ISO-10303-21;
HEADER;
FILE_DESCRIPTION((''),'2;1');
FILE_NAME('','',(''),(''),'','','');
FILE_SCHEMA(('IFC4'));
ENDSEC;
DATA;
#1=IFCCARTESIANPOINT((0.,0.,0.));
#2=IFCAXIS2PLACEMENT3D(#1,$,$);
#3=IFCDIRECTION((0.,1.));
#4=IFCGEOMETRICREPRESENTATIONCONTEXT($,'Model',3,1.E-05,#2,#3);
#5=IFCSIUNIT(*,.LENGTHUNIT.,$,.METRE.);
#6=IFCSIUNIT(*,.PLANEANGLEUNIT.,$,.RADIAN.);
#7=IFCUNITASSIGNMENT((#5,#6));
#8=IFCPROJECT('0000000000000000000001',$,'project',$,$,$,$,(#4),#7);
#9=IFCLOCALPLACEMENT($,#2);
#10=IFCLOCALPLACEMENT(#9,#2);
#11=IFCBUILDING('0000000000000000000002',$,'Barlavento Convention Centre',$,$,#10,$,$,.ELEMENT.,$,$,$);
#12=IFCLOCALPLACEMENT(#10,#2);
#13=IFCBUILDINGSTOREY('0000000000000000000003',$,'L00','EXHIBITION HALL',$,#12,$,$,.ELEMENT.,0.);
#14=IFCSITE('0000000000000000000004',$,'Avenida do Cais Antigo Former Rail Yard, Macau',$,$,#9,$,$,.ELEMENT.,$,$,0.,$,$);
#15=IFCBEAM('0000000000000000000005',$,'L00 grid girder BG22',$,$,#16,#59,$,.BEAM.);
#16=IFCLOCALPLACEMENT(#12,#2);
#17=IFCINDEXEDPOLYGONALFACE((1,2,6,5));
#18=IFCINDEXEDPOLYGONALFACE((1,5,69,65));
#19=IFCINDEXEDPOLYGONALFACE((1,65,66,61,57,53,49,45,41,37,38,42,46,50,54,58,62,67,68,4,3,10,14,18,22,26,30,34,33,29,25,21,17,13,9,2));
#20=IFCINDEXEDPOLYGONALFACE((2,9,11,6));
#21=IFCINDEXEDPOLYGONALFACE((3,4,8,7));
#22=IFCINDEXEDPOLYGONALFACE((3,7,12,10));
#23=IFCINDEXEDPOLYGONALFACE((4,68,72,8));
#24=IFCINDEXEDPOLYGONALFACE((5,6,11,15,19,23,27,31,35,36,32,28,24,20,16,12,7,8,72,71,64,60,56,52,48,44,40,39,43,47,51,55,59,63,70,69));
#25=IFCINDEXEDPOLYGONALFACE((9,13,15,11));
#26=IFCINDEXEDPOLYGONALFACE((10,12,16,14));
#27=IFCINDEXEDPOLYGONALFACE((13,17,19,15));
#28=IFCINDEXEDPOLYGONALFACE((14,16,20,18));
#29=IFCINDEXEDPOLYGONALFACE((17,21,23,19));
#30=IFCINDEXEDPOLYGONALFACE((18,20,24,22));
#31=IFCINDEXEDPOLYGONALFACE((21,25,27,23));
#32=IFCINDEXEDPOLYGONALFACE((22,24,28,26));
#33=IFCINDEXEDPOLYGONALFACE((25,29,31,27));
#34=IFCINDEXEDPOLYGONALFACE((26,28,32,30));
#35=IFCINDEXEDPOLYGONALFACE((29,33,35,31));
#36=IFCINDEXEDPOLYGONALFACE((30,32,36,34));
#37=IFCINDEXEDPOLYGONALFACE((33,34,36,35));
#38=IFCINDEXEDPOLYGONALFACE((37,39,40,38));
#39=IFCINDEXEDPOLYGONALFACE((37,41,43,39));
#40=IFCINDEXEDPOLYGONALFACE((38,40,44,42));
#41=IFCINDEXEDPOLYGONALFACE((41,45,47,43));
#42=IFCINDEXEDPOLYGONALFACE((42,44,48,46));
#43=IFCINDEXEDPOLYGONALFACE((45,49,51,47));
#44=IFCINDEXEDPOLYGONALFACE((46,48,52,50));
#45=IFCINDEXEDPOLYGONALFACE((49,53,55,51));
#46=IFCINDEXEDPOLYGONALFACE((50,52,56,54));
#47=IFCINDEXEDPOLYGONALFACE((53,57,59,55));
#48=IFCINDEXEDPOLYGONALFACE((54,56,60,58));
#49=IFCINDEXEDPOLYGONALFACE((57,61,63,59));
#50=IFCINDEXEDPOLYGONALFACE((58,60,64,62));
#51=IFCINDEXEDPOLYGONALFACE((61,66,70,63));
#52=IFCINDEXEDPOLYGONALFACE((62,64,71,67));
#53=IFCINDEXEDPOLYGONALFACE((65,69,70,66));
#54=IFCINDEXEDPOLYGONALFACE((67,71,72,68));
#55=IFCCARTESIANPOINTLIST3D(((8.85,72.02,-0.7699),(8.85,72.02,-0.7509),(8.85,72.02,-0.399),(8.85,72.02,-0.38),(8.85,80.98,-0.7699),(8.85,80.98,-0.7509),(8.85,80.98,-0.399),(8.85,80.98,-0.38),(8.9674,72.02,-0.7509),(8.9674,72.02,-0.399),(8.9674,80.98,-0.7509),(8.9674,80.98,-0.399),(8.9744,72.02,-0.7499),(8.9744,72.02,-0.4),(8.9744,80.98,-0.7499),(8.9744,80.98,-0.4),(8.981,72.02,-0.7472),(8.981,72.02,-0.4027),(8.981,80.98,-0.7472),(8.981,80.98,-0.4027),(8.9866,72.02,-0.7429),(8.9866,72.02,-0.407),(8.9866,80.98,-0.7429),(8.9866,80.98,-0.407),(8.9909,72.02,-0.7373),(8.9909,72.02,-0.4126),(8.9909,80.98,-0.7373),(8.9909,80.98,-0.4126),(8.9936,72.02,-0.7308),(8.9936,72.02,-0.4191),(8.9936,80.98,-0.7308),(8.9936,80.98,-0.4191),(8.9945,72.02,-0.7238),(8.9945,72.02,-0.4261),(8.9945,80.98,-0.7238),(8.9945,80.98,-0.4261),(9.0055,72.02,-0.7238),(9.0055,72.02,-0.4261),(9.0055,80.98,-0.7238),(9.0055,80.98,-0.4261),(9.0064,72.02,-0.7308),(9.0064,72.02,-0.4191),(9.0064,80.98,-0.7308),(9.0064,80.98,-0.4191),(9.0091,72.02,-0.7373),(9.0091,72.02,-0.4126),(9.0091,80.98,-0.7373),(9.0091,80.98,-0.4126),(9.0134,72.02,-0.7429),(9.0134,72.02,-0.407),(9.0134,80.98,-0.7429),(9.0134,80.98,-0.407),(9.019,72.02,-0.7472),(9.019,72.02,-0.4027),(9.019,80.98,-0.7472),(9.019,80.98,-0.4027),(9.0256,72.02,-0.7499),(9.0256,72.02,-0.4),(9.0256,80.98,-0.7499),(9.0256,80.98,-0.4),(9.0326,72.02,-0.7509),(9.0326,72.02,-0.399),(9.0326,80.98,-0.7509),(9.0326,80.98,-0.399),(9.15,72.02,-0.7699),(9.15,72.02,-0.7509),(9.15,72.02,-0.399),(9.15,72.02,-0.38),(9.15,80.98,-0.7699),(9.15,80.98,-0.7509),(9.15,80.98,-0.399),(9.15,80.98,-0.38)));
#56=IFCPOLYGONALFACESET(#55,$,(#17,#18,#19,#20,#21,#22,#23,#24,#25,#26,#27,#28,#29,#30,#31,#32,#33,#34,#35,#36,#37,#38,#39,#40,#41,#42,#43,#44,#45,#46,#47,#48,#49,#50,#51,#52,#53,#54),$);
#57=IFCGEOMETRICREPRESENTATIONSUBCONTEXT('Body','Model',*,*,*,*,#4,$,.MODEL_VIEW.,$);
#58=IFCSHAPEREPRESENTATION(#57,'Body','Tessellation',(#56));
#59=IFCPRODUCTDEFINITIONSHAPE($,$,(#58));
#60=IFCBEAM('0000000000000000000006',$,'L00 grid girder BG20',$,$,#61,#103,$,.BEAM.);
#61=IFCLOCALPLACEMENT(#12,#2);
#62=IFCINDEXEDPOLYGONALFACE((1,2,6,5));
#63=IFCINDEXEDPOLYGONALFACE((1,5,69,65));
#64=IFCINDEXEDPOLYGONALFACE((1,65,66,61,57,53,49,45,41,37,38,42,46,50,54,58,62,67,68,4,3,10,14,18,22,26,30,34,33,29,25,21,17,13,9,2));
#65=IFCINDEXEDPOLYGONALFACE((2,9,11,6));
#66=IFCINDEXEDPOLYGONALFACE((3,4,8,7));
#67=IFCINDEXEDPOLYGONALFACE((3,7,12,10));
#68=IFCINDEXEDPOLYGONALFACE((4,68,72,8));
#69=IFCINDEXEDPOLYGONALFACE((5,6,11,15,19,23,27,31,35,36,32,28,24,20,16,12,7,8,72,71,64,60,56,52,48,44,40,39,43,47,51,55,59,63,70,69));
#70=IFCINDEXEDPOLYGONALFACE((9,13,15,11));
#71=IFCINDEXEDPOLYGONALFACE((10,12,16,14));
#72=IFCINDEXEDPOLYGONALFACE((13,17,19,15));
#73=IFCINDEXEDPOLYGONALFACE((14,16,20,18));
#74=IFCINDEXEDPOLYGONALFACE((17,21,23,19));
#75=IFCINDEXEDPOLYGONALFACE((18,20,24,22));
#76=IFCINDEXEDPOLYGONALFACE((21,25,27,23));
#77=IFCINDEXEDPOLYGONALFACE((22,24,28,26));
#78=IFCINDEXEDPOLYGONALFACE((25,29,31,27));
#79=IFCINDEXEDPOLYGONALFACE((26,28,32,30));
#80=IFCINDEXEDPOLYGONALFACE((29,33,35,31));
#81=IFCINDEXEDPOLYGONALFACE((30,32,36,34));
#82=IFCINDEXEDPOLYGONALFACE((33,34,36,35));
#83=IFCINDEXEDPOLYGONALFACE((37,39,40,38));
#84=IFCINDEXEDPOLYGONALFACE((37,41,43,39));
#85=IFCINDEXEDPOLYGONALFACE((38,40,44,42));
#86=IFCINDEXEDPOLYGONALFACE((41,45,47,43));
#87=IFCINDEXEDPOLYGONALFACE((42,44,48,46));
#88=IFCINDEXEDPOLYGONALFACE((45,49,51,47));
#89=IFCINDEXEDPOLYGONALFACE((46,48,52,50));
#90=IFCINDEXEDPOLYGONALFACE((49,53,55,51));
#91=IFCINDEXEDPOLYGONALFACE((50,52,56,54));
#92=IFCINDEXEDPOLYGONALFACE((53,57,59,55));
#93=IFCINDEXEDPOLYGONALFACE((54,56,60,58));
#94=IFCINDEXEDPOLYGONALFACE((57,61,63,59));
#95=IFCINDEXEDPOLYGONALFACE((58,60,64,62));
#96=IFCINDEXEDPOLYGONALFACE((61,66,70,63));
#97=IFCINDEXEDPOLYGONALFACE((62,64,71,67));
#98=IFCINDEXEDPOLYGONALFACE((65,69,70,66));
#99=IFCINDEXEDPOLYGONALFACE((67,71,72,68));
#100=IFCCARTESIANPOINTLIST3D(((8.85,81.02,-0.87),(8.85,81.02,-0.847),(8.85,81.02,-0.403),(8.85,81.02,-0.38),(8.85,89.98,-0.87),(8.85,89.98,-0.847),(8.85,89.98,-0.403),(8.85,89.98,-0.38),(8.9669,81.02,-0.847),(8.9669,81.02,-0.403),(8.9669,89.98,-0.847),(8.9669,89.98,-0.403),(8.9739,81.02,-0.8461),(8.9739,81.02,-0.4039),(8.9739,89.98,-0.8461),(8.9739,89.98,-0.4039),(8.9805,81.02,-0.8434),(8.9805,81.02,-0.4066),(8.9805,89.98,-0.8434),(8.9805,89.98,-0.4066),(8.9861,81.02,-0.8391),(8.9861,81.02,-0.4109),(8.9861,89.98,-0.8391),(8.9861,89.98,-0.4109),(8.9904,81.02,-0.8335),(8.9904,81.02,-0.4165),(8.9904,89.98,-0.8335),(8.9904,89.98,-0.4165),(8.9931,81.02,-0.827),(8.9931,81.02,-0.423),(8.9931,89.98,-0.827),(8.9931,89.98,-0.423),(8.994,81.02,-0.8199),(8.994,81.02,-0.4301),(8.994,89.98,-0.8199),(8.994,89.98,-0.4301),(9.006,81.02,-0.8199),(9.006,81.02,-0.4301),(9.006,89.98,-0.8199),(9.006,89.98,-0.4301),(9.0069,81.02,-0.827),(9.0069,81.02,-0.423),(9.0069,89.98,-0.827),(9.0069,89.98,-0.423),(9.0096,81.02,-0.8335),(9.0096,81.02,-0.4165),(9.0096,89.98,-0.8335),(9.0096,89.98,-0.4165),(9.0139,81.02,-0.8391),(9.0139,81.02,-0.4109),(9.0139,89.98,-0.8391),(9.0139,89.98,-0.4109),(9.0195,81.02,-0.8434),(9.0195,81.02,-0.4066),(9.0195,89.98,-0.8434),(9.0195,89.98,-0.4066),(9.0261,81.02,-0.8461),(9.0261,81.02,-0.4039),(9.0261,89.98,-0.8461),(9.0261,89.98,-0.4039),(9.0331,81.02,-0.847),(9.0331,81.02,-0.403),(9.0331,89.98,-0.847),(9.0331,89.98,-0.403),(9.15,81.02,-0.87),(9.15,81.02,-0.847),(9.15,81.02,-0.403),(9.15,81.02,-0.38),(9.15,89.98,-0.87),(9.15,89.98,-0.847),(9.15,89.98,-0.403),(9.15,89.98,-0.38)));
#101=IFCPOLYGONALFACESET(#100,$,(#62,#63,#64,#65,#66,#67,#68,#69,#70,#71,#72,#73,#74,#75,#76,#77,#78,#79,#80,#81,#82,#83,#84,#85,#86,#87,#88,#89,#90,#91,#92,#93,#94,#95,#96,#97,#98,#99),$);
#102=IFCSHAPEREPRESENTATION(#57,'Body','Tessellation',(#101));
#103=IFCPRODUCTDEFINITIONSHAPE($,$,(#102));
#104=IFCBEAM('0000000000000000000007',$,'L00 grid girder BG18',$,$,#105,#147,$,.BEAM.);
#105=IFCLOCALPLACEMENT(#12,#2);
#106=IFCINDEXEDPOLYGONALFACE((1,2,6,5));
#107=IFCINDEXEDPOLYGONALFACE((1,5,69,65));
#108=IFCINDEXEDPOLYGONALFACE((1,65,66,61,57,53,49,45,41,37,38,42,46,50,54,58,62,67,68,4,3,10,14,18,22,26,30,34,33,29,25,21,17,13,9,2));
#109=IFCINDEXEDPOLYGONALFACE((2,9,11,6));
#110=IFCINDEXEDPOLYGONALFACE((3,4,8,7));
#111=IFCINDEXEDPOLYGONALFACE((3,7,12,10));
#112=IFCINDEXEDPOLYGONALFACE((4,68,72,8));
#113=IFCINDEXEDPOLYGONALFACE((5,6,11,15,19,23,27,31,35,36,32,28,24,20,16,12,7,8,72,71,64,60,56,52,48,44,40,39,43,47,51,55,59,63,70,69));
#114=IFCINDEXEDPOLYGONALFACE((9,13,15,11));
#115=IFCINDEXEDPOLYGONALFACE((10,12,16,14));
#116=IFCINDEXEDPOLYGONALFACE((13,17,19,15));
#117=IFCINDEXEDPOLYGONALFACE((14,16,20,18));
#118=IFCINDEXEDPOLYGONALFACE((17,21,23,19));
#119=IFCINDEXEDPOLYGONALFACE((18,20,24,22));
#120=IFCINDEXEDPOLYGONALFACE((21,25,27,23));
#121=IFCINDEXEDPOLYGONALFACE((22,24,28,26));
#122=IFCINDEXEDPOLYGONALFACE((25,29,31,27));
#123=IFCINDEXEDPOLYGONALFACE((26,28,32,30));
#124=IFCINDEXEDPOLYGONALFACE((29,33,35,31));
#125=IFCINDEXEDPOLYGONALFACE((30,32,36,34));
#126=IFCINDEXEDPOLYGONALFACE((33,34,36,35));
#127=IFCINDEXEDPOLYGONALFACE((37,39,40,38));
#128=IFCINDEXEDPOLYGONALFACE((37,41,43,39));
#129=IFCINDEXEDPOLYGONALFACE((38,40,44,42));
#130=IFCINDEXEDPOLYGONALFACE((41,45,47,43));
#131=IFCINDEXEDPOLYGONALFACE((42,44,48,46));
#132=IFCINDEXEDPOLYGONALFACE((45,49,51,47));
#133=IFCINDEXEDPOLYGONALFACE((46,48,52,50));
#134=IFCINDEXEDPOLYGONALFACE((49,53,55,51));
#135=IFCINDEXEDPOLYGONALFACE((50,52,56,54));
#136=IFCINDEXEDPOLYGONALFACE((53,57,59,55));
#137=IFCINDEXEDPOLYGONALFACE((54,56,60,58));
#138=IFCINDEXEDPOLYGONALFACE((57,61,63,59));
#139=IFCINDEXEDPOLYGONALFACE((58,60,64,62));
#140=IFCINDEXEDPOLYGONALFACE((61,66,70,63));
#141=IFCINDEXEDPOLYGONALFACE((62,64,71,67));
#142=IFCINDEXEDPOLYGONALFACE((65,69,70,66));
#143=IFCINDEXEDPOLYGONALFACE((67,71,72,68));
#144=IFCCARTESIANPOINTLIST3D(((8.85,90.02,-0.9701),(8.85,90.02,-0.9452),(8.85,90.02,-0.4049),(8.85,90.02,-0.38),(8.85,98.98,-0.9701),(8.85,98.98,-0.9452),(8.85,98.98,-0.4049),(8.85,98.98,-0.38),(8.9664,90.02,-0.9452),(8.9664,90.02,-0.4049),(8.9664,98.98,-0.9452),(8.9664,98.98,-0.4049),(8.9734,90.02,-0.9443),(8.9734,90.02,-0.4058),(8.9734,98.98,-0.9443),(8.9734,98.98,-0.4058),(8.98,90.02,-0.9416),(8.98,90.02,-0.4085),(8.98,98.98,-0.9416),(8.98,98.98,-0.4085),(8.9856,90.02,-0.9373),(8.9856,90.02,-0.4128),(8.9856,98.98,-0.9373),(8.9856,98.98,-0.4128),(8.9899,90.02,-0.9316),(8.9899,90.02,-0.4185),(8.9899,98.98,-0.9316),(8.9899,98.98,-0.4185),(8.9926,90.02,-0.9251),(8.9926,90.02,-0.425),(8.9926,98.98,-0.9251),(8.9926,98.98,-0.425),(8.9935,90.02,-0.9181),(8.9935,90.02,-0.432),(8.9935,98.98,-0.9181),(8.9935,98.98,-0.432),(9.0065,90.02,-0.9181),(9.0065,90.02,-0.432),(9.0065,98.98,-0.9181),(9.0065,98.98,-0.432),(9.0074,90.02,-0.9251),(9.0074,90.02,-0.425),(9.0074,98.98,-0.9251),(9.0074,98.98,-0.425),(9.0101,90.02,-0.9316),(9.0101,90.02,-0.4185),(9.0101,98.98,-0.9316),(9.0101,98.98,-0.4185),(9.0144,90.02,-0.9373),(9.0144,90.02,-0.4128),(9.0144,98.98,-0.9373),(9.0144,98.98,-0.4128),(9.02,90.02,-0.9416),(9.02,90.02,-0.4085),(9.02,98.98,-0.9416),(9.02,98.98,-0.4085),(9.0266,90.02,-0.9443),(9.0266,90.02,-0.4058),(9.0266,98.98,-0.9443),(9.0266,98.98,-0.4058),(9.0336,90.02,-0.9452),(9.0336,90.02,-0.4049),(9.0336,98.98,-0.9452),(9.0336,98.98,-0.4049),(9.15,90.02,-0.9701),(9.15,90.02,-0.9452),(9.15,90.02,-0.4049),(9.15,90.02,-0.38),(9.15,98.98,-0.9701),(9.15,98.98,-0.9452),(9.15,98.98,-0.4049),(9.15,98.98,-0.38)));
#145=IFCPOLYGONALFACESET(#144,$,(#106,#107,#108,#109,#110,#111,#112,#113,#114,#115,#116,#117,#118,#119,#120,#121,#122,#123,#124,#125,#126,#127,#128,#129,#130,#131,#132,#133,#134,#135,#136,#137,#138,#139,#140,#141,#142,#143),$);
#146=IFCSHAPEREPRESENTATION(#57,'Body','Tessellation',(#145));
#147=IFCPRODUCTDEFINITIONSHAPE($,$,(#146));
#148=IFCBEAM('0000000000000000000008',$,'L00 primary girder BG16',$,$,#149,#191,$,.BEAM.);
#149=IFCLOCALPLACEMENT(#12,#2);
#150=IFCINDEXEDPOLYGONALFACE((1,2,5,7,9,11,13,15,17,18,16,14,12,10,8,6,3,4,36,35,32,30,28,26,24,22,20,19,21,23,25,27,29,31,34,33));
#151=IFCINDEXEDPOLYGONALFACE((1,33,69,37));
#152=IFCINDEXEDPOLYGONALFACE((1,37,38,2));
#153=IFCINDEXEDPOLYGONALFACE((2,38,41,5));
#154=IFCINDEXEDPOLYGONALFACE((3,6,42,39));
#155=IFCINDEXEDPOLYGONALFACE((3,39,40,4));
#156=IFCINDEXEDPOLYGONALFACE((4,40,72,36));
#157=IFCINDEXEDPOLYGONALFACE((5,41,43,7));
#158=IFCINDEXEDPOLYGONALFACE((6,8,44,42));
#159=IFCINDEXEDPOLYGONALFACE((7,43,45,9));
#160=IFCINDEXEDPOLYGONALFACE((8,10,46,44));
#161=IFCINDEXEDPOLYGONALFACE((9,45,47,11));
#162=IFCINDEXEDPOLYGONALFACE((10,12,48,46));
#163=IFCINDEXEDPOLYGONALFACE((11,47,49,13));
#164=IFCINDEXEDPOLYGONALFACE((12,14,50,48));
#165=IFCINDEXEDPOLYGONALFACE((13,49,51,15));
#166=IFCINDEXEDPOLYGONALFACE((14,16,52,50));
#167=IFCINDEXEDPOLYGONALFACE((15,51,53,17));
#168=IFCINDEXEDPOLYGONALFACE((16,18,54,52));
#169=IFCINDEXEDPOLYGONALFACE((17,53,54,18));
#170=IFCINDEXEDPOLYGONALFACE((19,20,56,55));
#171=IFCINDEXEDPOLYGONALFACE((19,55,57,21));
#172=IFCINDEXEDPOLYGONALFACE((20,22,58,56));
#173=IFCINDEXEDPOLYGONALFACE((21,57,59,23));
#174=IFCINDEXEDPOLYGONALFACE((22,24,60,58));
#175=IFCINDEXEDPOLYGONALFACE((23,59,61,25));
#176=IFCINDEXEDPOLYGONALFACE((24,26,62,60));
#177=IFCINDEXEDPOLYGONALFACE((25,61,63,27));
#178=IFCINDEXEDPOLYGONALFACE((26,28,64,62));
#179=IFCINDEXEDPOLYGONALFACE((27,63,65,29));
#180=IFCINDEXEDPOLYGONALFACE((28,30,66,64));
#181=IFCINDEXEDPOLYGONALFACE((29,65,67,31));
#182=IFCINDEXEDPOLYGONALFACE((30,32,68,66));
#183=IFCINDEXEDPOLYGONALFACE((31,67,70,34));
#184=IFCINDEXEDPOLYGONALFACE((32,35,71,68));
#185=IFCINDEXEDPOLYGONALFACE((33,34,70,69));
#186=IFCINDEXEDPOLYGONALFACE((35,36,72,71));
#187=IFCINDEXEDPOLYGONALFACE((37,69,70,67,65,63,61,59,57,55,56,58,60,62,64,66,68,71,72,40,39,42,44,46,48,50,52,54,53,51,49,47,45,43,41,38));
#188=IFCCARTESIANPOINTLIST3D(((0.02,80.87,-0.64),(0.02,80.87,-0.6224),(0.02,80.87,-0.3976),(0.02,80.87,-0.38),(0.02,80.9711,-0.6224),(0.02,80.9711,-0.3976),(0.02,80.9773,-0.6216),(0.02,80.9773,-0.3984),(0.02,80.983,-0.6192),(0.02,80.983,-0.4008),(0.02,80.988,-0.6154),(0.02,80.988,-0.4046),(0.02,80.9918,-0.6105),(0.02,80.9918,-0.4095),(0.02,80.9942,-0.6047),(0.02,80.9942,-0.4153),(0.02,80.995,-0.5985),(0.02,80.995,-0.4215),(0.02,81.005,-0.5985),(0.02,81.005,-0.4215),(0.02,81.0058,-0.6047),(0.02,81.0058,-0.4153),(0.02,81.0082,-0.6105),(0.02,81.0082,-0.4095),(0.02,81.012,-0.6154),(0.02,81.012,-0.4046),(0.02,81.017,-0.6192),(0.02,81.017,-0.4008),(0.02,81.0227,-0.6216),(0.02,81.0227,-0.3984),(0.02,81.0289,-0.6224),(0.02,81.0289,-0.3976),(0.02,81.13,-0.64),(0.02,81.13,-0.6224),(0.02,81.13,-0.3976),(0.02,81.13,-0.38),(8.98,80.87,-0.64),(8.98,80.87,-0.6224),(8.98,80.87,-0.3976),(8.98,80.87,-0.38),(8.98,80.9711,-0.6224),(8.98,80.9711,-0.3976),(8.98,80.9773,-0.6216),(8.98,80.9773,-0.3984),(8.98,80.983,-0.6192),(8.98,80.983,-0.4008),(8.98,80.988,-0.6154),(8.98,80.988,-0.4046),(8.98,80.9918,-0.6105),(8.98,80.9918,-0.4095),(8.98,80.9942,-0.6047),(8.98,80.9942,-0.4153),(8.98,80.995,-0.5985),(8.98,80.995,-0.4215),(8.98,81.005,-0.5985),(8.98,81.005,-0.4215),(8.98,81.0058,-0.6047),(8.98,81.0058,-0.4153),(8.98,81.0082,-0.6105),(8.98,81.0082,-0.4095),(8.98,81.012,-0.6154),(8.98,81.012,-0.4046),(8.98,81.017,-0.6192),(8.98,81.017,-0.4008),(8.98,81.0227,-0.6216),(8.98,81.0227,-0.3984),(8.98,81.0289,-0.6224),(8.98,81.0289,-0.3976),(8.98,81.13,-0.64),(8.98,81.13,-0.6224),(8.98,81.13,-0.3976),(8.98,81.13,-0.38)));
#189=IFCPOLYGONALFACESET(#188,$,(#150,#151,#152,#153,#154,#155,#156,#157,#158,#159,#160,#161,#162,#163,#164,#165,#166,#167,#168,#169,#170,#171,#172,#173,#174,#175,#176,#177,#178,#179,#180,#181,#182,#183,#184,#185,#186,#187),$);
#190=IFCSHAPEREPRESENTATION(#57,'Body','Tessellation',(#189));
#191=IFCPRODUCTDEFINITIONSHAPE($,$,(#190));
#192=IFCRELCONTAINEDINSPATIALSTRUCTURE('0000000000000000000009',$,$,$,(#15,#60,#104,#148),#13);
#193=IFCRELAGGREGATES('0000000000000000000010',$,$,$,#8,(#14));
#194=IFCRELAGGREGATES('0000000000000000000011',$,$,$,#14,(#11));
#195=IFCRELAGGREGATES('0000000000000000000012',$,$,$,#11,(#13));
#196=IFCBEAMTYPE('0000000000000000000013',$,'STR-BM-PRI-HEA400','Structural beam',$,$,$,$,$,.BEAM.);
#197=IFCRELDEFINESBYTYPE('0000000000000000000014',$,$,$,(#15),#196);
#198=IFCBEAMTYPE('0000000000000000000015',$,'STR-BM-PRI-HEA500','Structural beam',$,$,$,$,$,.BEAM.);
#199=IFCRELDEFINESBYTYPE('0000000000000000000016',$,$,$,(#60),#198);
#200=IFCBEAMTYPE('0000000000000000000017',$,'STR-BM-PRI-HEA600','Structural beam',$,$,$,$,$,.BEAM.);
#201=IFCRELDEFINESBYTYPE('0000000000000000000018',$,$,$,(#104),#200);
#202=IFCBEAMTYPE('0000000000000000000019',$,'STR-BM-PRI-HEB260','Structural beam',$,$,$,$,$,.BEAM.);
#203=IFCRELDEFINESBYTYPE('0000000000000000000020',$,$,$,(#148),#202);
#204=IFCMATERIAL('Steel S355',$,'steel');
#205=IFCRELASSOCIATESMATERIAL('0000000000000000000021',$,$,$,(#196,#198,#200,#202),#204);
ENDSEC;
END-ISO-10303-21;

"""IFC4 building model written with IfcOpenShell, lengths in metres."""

from ifc_helpers import new_model, si_unit, direction, frame, origin, origin_2d, place, context, subcontext, project, spatial, i_section, extrude, material, material_profile, profile_set, type_object, element, save


model = new_model("IFC4")

# Units and contexts
model_context = context("Model", 3, precision=1e-05, world=origin(), true_north=direction((0.0, 1.0)))
body_context = subcontext(model_context, "Body", "Model", "MODEL_VIEW")
ifc_project = project(units=[si_unit("LENGTHUNIT", "METRE"), si_unit("PLANEANGLEUNIT", "RADIAN")], contexts=[model_context])

# Site, building, storey
site_placement = place(None, origin())
site = spatial("IfcSite", under=ifc_project, at=site_placement, Name="Avenida do Cais Antigo Former Rail Yard, Macau", CompositionType="ELEMENT", RefElevation=0.0)
building_placement = place(site_placement, origin())
building = spatial("IfcBuilding", under=site, at=building_placement, Name="Barlavento Convention Centre", CompositionType="ELEMENT")
storey_placement = place(building_placement, origin())
storey = spatial("IfcBuildingStorey", under=building, at=storey_placement, Name="L00", Description="EXHIBITION HALL", CompositionType="ELEMENT", Elevation=0.0)

# Beams
ifc_material_1 = material(Name="Steel S355", Category="steel")
ifc_material_profile_1 = material_profile(ifc_material_1, i_section(OverallWidth=0.3, OverallDepth=0.3899, WebThickness=0.011, FlangeThickness=0.019, FilletRadius=0.0271, at=origin_2d()), Name="HEA 400")
ifc_profile_set_1 = profile_set([ifc_material_profile_1], Name="Steel S355")
beam_type_1 = type_object("IfcBeamType", Name="STR-BM-PRI-HEA400", Description="Structural beam", PredefinedType="BEAM", material=ifc_profile_set_1)
beam_1_placement = place(storey_placement, frame((9.0, 72.02, -0.575), z_axis=(0.0, 1.0, 0.0), x_axis=(-1.0, 0.0, 0.0)))
element("IfcBeam", 1, at=beam_1_placement, inside=storey, type_object=beam_type_1, Name="L00 grid girder BG22", PredefinedType="BEAM", context=body_context, shape_type="SweptSolid", body=[
    extrude(i_section(OverallWidth=0.3, OverallDepth=0.3899, WebThickness=0.011, FlangeThickness=0.019, FilletRadius=0.0271, at=origin_2d()), origin(), (0.0, 0.0, 1.0), 8.96),
])
ifc_material_profile_2 = material_profile(ifc_material_1, i_section(OverallWidth=0.3, OverallDepth=0.49, WebThickness=0.012, FlangeThickness=0.0229, FilletRadius=0.0271, at=origin_2d()), Name="HEA 500")
ifc_profile_set_2 = profile_set([ifc_material_profile_2], Name="Steel S355")
beam_type_2 = type_object("IfcBeamType", Name="STR-BM-PRI-HEA500", Description="Structural beam", PredefinedType="BEAM", material=ifc_profile_set_2)
beam_2_placement = place(storey_placement, frame((9.0, 81.02, -0.625), z_axis=(0.0, 1.0, 0.0), x_axis=(-1.0, 0.0, 0.0)))
element("IfcBeam", 2, at=beam_2_placement, inside=storey, type_object=beam_type_2, Name="L00 grid girder BG20", PredefinedType="BEAM", context=body_context, shape_type="SweptSolid", body=[
    extrude(i_section(OverallWidth=0.3, OverallDepth=0.49, WebThickness=0.012, FlangeThickness=0.0229, FilletRadius=0.0271, at=origin_2d()), origin(), (0.0, 0.0, 1.0), 8.96),
])
ifc_material_profile_3 = material_profile(ifc_material_1, i_section(OverallWidth=0.3, OverallDepth=0.5901, WebThickness=0.0129, FlangeThickness=0.0249, FilletRadius=0.0271, at=origin_2d()), Name="HEA 600")
ifc_profile_set_3 = profile_set([ifc_material_profile_3], Name="Steel S355")
beam_type_3 = type_object("IfcBeamType", Name="STR-BM-PRI-HEA600", Description="Structural beam", PredefinedType="BEAM", material=ifc_profile_set_3)
beam_3_placement = place(storey_placement, frame((9.0, 90.02, -0.675), z_axis=(0.0, 1.0, 0.0), x_axis=(-1.0, 0.0, 0.0)))
element("IfcBeam", 3, at=beam_3_placement, inside=storey, type_object=beam_type_3, Name="L00 grid girder BG18", PredefinedType="BEAM", context=body_context, shape_type="SweptSolid", body=[
    extrude(i_section(OverallWidth=0.3, OverallDepth=0.5901, WebThickness=0.0129, FlangeThickness=0.0249, FilletRadius=0.0271, at=origin_2d()), origin(), (0.0, 0.0, 1.0), 8.96),
])
ifc_material_profile_4 = material_profile(ifc_material_1, i_section(OverallWidth=0.26, OverallDepth=0.26, WebThickness=0.01, FlangeThickness=0.0176, FilletRadius=0.0239, at=origin_2d()), Name="HEB 260")
ifc_profile_set_4 = profile_set([ifc_material_profile_4], Name="Steel S355")
beam_type_4 = type_object("IfcBeamType", Name="STR-BM-PRI-HEB260", Description="Structural beam", PredefinedType="BEAM", material=ifc_profile_set_4)
beam_4_placement = place(storey_placement, frame((0.02, 81.0, -0.51), z_axis=(1.0, 0.0, 0.0), x_axis=(0.0, 1.0, 0.0)))
element("IfcBeam", 4, at=beam_4_placement, inside=storey, type_object=beam_type_4, Name="L00 primary girder BG16", PredefinedType="BEAM", context=body_context, shape_type="SweptSolid", body=[
    extrude(i_section(OverallWidth=0.26, OverallDepth=0.26, WebThickness=0.01, FlangeThickness=0.0176, FilletRadius=0.0239, at=origin_2d()), origin(), (0.0, 0.0, 1.0), 8.96),
])

save(model, "model.ifc")
